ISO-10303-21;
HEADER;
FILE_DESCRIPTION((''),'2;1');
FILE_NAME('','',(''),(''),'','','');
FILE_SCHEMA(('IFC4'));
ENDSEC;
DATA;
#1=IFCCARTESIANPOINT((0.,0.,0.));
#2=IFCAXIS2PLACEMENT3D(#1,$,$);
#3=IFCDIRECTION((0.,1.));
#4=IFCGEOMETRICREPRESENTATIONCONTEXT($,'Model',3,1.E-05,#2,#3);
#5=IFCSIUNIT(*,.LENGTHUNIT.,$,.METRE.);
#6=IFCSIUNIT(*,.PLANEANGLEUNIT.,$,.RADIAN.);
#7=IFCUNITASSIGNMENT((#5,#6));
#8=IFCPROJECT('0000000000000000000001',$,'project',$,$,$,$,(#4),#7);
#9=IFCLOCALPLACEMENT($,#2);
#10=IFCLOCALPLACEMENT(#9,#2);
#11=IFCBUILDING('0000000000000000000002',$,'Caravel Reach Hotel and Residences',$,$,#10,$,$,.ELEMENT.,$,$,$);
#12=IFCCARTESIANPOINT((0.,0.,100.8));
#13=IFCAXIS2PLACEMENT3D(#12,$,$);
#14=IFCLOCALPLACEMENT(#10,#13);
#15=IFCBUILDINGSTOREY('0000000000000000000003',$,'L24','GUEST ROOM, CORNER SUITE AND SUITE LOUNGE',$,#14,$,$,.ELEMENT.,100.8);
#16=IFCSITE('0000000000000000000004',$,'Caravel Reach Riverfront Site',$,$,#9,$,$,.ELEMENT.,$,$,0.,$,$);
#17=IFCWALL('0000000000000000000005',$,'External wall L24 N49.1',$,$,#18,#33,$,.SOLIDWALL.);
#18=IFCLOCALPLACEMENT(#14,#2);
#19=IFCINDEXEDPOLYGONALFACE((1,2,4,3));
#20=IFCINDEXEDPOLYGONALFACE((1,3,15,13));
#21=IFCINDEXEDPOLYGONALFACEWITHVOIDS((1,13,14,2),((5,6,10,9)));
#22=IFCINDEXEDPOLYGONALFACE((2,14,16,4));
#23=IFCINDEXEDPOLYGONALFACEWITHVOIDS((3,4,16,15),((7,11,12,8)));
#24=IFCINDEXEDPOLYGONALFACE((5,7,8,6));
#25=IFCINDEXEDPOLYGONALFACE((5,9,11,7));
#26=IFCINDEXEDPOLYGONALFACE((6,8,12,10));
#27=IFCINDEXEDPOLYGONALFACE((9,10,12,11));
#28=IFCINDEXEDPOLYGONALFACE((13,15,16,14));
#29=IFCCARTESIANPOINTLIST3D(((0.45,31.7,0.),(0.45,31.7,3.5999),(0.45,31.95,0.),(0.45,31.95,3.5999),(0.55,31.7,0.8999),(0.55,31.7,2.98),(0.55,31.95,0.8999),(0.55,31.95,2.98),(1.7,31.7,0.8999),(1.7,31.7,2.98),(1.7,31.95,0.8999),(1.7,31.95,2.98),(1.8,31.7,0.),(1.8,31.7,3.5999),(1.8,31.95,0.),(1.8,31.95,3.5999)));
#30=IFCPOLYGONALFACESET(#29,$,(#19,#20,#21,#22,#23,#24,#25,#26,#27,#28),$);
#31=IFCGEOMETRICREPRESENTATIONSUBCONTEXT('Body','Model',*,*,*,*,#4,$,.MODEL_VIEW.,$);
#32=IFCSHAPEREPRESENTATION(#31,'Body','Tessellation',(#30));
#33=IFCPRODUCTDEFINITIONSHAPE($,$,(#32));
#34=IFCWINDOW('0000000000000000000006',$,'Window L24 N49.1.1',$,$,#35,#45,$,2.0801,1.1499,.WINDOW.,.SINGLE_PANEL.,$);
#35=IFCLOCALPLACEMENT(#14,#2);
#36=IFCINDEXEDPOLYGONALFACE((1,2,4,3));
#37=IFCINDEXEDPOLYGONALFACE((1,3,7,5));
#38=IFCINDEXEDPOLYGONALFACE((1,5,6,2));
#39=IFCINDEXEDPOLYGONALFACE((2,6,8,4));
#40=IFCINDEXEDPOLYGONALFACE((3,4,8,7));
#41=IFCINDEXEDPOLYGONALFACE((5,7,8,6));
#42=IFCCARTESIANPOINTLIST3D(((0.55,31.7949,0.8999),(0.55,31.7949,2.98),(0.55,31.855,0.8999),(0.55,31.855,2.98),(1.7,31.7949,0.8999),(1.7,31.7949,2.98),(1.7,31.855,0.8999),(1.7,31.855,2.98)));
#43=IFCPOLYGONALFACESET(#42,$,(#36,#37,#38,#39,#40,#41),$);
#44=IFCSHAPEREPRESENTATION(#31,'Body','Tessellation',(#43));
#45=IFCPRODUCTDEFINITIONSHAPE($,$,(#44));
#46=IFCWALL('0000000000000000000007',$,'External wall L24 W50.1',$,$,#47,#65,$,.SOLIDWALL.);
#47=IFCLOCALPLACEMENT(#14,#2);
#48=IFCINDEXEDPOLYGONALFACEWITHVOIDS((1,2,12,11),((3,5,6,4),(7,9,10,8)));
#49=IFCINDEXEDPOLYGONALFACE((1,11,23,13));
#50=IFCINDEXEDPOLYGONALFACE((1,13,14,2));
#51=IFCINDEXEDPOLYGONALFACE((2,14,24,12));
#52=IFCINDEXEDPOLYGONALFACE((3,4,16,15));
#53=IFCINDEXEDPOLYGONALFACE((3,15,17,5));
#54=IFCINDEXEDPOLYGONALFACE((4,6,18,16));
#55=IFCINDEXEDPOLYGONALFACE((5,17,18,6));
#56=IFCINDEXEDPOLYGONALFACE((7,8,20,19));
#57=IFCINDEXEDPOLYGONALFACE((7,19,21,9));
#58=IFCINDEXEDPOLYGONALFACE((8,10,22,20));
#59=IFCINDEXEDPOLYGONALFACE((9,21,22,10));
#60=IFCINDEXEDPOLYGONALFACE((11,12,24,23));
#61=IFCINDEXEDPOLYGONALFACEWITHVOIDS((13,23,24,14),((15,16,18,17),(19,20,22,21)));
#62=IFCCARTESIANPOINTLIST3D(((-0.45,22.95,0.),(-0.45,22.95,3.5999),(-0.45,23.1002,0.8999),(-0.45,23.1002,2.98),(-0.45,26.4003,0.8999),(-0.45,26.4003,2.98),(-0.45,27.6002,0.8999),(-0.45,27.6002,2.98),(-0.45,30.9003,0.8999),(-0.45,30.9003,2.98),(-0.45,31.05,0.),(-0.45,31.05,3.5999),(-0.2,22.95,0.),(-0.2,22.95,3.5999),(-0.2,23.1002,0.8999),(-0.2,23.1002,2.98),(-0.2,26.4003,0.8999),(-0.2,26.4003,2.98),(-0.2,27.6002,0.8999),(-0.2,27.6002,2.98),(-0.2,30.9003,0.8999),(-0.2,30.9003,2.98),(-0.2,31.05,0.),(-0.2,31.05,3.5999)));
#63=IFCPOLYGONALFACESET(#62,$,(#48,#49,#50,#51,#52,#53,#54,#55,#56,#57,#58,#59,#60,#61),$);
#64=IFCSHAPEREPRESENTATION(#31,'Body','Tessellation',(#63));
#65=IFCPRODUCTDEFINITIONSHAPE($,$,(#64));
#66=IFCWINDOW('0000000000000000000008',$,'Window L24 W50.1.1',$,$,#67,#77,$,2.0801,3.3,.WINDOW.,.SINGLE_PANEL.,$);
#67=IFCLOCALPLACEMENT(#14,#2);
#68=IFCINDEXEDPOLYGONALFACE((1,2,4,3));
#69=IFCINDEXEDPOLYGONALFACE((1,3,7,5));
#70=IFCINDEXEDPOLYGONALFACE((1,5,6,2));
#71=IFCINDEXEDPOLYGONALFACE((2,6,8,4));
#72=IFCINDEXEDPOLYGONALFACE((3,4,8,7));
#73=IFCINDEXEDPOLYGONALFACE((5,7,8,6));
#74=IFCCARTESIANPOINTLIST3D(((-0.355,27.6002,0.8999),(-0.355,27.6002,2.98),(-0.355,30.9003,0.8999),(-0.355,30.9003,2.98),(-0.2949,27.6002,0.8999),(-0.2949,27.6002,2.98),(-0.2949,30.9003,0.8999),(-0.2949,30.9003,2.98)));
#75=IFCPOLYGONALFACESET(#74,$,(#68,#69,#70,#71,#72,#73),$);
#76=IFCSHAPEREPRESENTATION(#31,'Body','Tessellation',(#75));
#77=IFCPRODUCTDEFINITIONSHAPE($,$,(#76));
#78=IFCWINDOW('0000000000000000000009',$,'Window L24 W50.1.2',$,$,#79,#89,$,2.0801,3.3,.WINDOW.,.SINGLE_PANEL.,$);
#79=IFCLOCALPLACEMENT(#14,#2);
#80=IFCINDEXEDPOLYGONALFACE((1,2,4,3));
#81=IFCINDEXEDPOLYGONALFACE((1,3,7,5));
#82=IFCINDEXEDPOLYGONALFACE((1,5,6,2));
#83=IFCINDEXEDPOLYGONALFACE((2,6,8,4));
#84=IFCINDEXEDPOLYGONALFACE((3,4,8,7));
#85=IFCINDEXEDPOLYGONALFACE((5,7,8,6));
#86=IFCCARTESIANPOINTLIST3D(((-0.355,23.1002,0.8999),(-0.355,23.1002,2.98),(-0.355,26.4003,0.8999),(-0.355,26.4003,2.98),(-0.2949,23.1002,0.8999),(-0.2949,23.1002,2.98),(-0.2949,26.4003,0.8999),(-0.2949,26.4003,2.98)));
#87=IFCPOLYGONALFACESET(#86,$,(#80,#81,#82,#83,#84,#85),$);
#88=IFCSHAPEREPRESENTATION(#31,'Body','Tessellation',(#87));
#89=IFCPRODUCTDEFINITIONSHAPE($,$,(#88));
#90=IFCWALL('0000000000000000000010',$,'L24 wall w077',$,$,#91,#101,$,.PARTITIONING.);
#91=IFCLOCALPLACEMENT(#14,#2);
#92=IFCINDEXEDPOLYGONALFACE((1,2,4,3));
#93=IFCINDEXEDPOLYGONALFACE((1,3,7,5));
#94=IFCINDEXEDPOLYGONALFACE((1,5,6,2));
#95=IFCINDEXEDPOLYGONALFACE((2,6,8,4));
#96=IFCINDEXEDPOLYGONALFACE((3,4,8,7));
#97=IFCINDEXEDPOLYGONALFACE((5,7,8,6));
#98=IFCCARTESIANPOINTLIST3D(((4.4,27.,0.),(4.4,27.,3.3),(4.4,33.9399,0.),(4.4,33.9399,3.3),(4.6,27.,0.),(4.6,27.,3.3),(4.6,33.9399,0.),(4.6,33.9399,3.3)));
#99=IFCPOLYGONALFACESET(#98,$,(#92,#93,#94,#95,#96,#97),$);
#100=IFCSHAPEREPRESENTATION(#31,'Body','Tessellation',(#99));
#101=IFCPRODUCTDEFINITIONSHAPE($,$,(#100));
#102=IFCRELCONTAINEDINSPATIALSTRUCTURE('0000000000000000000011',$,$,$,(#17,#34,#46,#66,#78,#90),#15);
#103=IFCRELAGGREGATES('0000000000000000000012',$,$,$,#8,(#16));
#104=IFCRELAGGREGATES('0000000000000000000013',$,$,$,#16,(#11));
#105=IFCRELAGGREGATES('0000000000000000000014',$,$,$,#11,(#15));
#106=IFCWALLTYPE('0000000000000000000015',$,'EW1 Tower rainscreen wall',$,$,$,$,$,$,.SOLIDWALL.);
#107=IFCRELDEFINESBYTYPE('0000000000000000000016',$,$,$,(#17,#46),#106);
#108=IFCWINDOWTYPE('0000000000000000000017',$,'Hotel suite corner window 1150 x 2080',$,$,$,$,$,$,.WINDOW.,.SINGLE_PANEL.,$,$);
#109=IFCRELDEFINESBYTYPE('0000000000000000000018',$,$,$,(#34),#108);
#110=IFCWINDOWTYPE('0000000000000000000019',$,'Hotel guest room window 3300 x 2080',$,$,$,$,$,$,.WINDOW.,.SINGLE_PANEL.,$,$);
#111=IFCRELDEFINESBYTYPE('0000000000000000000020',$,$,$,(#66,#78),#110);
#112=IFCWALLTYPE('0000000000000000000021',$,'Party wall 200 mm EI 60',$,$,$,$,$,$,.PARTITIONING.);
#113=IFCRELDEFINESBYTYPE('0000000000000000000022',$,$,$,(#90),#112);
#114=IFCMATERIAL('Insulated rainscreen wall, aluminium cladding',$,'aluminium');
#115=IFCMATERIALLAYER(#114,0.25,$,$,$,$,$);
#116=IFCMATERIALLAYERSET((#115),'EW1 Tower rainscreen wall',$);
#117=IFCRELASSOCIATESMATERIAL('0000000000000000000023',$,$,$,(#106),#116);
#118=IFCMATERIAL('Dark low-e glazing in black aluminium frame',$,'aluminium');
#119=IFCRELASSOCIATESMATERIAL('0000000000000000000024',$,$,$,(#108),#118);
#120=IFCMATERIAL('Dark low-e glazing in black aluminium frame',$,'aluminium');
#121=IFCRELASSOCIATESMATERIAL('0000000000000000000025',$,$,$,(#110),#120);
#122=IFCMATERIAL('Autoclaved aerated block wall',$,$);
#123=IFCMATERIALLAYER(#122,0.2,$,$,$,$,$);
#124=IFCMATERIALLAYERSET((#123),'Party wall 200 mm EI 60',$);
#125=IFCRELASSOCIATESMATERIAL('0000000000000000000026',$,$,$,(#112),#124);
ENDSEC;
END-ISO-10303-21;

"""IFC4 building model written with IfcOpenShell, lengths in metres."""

from ifc_helpers import new_model, si_unit, direction, frame, frame_2d, origin, place, context, subcontext, project, spatial, rectangle, extrude, material, layer, layer_set, type_object, element, fill, save


model = new_model("IFC4")

# Units and contexts
model_context = context("Model", 3, precision=1e-05, world=origin(), true_north=direction((0.0, 1.0)))
body_context = subcontext(model_context, "Body", "Model", "MODEL_VIEW")
ifc_project = project(units=[si_unit("LENGTHUNIT", "METRE"), si_unit("PLANEANGLEUNIT", "RADIAN")], contexts=[model_context])

# Site, building, storey
site_placement = place(None, origin())
site = spatial("IfcSite", under=ifc_project, at=site_placement, Name="Caravel Reach Riverfront Site", CompositionType="ELEMENT", RefElevation=0.0)
building_placement = place(site_placement, origin())
building = spatial("IfcBuilding", under=site, at=building_placement, Name="Caravel Reach Hotel and Residences", CompositionType="ELEMENT")
storey_placement = place(building_placement, frame((0.0, 0.0, 100.8)))
storey = spatial("IfcBuildingStorey", under=building, at=storey_placement, Name="L24", Description="GUEST ROOM, CORNER SUITE AND SUITE LOUNGE", CompositionType="ELEMENT", Elevation=100.8)

# Wall, opening, window
ifc_material_1 = material(Name="Insulated rainscreen wall, aluminium cladding", Category="aluminium")
ifc_layer_1 = layer(ifc_material_1, 0.25)
ifc_layer_set_1 = layer_set([ifc_layer_1], Name="EW1 Tower rainscreen wall")
wall_type_1 = type_object("IfcWallType", Name="EW1 Tower rainscreen wall", PredefinedType="SOLIDWALL", material=ifc_layer_set_1)
wall_1_placement = place(storey_placement, frame((1.8, 31.825, 0.0), z_axis=(0.0, 0.0, 1.0), x_axis=(-1.0, 0.0, 0.0)))
wall_1 = element("IfcWall", 1, at=wall_1_placement, inside=storey, type_object=wall_type_1, Name="External wall L24 N49.1", PredefinedType="SOLIDWALL", context=body_context, shape_type="SweptSolid", body=[
    extrude(rectangle(XDim=1.3501, YDim=0.25, at=frame_2d((0.675, 0.0))), origin(), (0.0, 0.0, 1.0), 3.5999),
])
opening_1_placement = place(wall_1_placement, frame((0.1001, 0.0, 0.8999)))
opening_1 = element("IfcOpeningElement", 2, at=opening_1_placement, cuts=wall_1, PredefinedType="OPENING", context=body_context, shape_type="SweptSolid", body=[
    extrude(rectangle(XDim=1.1499, YDim=2.0801, at=frame_2d((0.575, 1.04))), frame((0.0, 0.135, 0.0), z_axis=(0.0, -1.0, 0.0), x_axis=(1.0, 0.0, 0.0)), (0.0, 0.0, 1.0), 0.27),
])
ifc_material_2 = material(Name="Dark low-e glazing in black aluminium frame", Category="aluminium")
window_type_1 = type_object("IfcWindowType", Name="Hotel suite corner window 1150 x 2080", PartitioningType="SINGLE_PANEL", PredefinedType="WINDOW", material=ifc_material_2)
window_1_placement = place(opening_1_placement, origin())
window_1 = element("IfcWindow", 3, at=window_1_placement, inside=storey, type_object=window_type_1, Name="Window L24 N49.1.1", OverallHeight=2.0801, OverallWidth=1.1499, PartitioningType="SINGLE_PANEL", PredefinedType="WINDOW", context=body_context, shape_type="SweptSolid", body=[
    extrude(rectangle(XDim=1.1499, YDim=2.0801, at=frame_2d((0.575, 1.04))), frame((0.0, 0.03, 0.0), z_axis=(0.0, -1.0, 0.0), x_axis=(1.0, 0.0, 0.0)), (0.0, 0.0, 1.0), 0.0601),
])
fill(opening_1, window_1)

# Wall, openings, windows
wall_2_placement = place(storey_placement, frame((-0.325, 31.05, 0.0), z_axis=(0.0, 0.0, 1.0), x_axis=(0.0, -1.0, 0.0)))
wall_2 = element("IfcWall", 4, at=wall_2_placement, inside=storey, type_object=wall_type_1, Name="External wall L24 W50.1", PredefinedType="SOLIDWALL", context=body_context, shape_type="SweptSolid", body=[
    extrude(rectangle(XDim=8.1001, YDim=0.25, at=frame_2d((4.05, 0.0))), origin(), (0.0, 0.0, 1.0), 3.5999),
])
opening_2_placement = place(wall_2_placement, frame((0.1499, 0.0, 0.8999)))
opening_2 = element("IfcOpeningElement", 5, at=opening_2_placement, cuts=wall_2, PredefinedType="OPENING", context=body_context, shape_type="SweptSolid", body=[
    extrude(rectangle(XDim=3.3, YDim=2.0801, at=frame_2d((1.6499, 1.04))), frame((0.0, 0.135, 0.0), z_axis=(0.0, -1.0, 0.0), x_axis=(1.0, 0.0, 0.0)), (0.0, 0.0, 1.0), 0.27),
])
opening_3_placement = place(wall_2_placement, frame((4.6499, 0.0, 0.8999)))
opening_3 = element("IfcOpeningElement", 6, at=opening_3_placement, cuts=wall_2, PredefinedType="OPENING", context=body_context, shape_type="SweptSolid", body=[
    extrude(rectangle(XDim=3.3, YDim=2.0801, at=frame_2d((1.6499, 1.04))), frame((0.0, 0.135, 0.0), z_axis=(0.0, -1.0, 0.0), x_axis=(1.0, 0.0, 0.0)), (0.0, 0.0, 1.0), 0.27),
])
ifc_material_3 = material(Name="Dark low-e glazing in black aluminium frame", Category="aluminium")
window_type_2 = type_object("IfcWindowType", Name="Hotel guest room window 3300 x 2080", PartitioningType="SINGLE_PANEL", PredefinedType="WINDOW", material=ifc_material_3)
window_2_placement = place(opening_2_placement, origin())
window_2 = element("IfcWindow", 7, at=window_2_placement, inside=storey, type_object=window_type_2, Name="Window L24 W50.1.1", OverallHeight=2.0801, OverallWidth=3.3, PartitioningType="SINGLE_PANEL", PredefinedType="WINDOW", context=body_context, shape_type="SweptSolid", body=[
    extrude(rectangle(XDim=3.3, YDim=2.0801, at=frame_2d((1.6499, 1.04))), frame((0.0, 0.03, 0.0), z_axis=(0.0, -1.0, 0.0), x_axis=(1.0, 0.0, 0.0)), (0.0, 0.0, 1.0), 0.0601),
])
fill(opening_2, window_2)
window_3_placement = place(opening_3_placement, origin())
window_3 = element("IfcWindow", 8, at=window_3_placement, inside=storey, type_object=window_type_2, Name="Window L24 W50.1.2", OverallHeight=2.0801, OverallWidth=3.3, PartitioningType="SINGLE_PANEL", PredefinedType="WINDOW", context=body_context, shape_type="SweptSolid", body=[
    extrude(rectangle(XDim=3.3, YDim=2.0801, at=frame_2d((1.6499, 1.04))), frame((0.0, 0.03, 0.0), z_axis=(0.0, -1.0, 0.0), x_axis=(1.0, 0.0, 0.0)), (0.0, 0.0, 1.0), 0.0601),
])
fill(opening_3, window_3)

# Wall
ifc_material_4 = material(Name="Autoclaved aerated block wall")
ifc_layer_2 = layer(ifc_material_4, 0.2)
ifc_layer_set_2 = layer_set([ifc_layer_2], Name="Party wall 200 mm EI 60")
wall_type_2 = type_object("IfcWallType", Name="Party wall 200 mm EI 60", PredefinedType="PARTITIONING", material=ifc_layer_set_2)
wall_3_placement = place(storey_placement, frame((4.5, 27.0, 0.0), z_axis=(0.0, 0.0, 1.0), x_axis=(0.0, 1.0, 0.0)))
element("IfcWall", 9, at=wall_3_placement, inside=storey, type_object=wall_type_2, Name="L24 wall w077", PredefinedType="PARTITIONING", context=body_context, shape_type="SweptSolid", body=[
    extrude(rectangle(XDim=6.9399, YDim=0.2, at=frame_2d((3.47, 0.0))), origin(), (0.0, 0.0, 1.0), 3.3),
])

save(model, "model.ifc")
